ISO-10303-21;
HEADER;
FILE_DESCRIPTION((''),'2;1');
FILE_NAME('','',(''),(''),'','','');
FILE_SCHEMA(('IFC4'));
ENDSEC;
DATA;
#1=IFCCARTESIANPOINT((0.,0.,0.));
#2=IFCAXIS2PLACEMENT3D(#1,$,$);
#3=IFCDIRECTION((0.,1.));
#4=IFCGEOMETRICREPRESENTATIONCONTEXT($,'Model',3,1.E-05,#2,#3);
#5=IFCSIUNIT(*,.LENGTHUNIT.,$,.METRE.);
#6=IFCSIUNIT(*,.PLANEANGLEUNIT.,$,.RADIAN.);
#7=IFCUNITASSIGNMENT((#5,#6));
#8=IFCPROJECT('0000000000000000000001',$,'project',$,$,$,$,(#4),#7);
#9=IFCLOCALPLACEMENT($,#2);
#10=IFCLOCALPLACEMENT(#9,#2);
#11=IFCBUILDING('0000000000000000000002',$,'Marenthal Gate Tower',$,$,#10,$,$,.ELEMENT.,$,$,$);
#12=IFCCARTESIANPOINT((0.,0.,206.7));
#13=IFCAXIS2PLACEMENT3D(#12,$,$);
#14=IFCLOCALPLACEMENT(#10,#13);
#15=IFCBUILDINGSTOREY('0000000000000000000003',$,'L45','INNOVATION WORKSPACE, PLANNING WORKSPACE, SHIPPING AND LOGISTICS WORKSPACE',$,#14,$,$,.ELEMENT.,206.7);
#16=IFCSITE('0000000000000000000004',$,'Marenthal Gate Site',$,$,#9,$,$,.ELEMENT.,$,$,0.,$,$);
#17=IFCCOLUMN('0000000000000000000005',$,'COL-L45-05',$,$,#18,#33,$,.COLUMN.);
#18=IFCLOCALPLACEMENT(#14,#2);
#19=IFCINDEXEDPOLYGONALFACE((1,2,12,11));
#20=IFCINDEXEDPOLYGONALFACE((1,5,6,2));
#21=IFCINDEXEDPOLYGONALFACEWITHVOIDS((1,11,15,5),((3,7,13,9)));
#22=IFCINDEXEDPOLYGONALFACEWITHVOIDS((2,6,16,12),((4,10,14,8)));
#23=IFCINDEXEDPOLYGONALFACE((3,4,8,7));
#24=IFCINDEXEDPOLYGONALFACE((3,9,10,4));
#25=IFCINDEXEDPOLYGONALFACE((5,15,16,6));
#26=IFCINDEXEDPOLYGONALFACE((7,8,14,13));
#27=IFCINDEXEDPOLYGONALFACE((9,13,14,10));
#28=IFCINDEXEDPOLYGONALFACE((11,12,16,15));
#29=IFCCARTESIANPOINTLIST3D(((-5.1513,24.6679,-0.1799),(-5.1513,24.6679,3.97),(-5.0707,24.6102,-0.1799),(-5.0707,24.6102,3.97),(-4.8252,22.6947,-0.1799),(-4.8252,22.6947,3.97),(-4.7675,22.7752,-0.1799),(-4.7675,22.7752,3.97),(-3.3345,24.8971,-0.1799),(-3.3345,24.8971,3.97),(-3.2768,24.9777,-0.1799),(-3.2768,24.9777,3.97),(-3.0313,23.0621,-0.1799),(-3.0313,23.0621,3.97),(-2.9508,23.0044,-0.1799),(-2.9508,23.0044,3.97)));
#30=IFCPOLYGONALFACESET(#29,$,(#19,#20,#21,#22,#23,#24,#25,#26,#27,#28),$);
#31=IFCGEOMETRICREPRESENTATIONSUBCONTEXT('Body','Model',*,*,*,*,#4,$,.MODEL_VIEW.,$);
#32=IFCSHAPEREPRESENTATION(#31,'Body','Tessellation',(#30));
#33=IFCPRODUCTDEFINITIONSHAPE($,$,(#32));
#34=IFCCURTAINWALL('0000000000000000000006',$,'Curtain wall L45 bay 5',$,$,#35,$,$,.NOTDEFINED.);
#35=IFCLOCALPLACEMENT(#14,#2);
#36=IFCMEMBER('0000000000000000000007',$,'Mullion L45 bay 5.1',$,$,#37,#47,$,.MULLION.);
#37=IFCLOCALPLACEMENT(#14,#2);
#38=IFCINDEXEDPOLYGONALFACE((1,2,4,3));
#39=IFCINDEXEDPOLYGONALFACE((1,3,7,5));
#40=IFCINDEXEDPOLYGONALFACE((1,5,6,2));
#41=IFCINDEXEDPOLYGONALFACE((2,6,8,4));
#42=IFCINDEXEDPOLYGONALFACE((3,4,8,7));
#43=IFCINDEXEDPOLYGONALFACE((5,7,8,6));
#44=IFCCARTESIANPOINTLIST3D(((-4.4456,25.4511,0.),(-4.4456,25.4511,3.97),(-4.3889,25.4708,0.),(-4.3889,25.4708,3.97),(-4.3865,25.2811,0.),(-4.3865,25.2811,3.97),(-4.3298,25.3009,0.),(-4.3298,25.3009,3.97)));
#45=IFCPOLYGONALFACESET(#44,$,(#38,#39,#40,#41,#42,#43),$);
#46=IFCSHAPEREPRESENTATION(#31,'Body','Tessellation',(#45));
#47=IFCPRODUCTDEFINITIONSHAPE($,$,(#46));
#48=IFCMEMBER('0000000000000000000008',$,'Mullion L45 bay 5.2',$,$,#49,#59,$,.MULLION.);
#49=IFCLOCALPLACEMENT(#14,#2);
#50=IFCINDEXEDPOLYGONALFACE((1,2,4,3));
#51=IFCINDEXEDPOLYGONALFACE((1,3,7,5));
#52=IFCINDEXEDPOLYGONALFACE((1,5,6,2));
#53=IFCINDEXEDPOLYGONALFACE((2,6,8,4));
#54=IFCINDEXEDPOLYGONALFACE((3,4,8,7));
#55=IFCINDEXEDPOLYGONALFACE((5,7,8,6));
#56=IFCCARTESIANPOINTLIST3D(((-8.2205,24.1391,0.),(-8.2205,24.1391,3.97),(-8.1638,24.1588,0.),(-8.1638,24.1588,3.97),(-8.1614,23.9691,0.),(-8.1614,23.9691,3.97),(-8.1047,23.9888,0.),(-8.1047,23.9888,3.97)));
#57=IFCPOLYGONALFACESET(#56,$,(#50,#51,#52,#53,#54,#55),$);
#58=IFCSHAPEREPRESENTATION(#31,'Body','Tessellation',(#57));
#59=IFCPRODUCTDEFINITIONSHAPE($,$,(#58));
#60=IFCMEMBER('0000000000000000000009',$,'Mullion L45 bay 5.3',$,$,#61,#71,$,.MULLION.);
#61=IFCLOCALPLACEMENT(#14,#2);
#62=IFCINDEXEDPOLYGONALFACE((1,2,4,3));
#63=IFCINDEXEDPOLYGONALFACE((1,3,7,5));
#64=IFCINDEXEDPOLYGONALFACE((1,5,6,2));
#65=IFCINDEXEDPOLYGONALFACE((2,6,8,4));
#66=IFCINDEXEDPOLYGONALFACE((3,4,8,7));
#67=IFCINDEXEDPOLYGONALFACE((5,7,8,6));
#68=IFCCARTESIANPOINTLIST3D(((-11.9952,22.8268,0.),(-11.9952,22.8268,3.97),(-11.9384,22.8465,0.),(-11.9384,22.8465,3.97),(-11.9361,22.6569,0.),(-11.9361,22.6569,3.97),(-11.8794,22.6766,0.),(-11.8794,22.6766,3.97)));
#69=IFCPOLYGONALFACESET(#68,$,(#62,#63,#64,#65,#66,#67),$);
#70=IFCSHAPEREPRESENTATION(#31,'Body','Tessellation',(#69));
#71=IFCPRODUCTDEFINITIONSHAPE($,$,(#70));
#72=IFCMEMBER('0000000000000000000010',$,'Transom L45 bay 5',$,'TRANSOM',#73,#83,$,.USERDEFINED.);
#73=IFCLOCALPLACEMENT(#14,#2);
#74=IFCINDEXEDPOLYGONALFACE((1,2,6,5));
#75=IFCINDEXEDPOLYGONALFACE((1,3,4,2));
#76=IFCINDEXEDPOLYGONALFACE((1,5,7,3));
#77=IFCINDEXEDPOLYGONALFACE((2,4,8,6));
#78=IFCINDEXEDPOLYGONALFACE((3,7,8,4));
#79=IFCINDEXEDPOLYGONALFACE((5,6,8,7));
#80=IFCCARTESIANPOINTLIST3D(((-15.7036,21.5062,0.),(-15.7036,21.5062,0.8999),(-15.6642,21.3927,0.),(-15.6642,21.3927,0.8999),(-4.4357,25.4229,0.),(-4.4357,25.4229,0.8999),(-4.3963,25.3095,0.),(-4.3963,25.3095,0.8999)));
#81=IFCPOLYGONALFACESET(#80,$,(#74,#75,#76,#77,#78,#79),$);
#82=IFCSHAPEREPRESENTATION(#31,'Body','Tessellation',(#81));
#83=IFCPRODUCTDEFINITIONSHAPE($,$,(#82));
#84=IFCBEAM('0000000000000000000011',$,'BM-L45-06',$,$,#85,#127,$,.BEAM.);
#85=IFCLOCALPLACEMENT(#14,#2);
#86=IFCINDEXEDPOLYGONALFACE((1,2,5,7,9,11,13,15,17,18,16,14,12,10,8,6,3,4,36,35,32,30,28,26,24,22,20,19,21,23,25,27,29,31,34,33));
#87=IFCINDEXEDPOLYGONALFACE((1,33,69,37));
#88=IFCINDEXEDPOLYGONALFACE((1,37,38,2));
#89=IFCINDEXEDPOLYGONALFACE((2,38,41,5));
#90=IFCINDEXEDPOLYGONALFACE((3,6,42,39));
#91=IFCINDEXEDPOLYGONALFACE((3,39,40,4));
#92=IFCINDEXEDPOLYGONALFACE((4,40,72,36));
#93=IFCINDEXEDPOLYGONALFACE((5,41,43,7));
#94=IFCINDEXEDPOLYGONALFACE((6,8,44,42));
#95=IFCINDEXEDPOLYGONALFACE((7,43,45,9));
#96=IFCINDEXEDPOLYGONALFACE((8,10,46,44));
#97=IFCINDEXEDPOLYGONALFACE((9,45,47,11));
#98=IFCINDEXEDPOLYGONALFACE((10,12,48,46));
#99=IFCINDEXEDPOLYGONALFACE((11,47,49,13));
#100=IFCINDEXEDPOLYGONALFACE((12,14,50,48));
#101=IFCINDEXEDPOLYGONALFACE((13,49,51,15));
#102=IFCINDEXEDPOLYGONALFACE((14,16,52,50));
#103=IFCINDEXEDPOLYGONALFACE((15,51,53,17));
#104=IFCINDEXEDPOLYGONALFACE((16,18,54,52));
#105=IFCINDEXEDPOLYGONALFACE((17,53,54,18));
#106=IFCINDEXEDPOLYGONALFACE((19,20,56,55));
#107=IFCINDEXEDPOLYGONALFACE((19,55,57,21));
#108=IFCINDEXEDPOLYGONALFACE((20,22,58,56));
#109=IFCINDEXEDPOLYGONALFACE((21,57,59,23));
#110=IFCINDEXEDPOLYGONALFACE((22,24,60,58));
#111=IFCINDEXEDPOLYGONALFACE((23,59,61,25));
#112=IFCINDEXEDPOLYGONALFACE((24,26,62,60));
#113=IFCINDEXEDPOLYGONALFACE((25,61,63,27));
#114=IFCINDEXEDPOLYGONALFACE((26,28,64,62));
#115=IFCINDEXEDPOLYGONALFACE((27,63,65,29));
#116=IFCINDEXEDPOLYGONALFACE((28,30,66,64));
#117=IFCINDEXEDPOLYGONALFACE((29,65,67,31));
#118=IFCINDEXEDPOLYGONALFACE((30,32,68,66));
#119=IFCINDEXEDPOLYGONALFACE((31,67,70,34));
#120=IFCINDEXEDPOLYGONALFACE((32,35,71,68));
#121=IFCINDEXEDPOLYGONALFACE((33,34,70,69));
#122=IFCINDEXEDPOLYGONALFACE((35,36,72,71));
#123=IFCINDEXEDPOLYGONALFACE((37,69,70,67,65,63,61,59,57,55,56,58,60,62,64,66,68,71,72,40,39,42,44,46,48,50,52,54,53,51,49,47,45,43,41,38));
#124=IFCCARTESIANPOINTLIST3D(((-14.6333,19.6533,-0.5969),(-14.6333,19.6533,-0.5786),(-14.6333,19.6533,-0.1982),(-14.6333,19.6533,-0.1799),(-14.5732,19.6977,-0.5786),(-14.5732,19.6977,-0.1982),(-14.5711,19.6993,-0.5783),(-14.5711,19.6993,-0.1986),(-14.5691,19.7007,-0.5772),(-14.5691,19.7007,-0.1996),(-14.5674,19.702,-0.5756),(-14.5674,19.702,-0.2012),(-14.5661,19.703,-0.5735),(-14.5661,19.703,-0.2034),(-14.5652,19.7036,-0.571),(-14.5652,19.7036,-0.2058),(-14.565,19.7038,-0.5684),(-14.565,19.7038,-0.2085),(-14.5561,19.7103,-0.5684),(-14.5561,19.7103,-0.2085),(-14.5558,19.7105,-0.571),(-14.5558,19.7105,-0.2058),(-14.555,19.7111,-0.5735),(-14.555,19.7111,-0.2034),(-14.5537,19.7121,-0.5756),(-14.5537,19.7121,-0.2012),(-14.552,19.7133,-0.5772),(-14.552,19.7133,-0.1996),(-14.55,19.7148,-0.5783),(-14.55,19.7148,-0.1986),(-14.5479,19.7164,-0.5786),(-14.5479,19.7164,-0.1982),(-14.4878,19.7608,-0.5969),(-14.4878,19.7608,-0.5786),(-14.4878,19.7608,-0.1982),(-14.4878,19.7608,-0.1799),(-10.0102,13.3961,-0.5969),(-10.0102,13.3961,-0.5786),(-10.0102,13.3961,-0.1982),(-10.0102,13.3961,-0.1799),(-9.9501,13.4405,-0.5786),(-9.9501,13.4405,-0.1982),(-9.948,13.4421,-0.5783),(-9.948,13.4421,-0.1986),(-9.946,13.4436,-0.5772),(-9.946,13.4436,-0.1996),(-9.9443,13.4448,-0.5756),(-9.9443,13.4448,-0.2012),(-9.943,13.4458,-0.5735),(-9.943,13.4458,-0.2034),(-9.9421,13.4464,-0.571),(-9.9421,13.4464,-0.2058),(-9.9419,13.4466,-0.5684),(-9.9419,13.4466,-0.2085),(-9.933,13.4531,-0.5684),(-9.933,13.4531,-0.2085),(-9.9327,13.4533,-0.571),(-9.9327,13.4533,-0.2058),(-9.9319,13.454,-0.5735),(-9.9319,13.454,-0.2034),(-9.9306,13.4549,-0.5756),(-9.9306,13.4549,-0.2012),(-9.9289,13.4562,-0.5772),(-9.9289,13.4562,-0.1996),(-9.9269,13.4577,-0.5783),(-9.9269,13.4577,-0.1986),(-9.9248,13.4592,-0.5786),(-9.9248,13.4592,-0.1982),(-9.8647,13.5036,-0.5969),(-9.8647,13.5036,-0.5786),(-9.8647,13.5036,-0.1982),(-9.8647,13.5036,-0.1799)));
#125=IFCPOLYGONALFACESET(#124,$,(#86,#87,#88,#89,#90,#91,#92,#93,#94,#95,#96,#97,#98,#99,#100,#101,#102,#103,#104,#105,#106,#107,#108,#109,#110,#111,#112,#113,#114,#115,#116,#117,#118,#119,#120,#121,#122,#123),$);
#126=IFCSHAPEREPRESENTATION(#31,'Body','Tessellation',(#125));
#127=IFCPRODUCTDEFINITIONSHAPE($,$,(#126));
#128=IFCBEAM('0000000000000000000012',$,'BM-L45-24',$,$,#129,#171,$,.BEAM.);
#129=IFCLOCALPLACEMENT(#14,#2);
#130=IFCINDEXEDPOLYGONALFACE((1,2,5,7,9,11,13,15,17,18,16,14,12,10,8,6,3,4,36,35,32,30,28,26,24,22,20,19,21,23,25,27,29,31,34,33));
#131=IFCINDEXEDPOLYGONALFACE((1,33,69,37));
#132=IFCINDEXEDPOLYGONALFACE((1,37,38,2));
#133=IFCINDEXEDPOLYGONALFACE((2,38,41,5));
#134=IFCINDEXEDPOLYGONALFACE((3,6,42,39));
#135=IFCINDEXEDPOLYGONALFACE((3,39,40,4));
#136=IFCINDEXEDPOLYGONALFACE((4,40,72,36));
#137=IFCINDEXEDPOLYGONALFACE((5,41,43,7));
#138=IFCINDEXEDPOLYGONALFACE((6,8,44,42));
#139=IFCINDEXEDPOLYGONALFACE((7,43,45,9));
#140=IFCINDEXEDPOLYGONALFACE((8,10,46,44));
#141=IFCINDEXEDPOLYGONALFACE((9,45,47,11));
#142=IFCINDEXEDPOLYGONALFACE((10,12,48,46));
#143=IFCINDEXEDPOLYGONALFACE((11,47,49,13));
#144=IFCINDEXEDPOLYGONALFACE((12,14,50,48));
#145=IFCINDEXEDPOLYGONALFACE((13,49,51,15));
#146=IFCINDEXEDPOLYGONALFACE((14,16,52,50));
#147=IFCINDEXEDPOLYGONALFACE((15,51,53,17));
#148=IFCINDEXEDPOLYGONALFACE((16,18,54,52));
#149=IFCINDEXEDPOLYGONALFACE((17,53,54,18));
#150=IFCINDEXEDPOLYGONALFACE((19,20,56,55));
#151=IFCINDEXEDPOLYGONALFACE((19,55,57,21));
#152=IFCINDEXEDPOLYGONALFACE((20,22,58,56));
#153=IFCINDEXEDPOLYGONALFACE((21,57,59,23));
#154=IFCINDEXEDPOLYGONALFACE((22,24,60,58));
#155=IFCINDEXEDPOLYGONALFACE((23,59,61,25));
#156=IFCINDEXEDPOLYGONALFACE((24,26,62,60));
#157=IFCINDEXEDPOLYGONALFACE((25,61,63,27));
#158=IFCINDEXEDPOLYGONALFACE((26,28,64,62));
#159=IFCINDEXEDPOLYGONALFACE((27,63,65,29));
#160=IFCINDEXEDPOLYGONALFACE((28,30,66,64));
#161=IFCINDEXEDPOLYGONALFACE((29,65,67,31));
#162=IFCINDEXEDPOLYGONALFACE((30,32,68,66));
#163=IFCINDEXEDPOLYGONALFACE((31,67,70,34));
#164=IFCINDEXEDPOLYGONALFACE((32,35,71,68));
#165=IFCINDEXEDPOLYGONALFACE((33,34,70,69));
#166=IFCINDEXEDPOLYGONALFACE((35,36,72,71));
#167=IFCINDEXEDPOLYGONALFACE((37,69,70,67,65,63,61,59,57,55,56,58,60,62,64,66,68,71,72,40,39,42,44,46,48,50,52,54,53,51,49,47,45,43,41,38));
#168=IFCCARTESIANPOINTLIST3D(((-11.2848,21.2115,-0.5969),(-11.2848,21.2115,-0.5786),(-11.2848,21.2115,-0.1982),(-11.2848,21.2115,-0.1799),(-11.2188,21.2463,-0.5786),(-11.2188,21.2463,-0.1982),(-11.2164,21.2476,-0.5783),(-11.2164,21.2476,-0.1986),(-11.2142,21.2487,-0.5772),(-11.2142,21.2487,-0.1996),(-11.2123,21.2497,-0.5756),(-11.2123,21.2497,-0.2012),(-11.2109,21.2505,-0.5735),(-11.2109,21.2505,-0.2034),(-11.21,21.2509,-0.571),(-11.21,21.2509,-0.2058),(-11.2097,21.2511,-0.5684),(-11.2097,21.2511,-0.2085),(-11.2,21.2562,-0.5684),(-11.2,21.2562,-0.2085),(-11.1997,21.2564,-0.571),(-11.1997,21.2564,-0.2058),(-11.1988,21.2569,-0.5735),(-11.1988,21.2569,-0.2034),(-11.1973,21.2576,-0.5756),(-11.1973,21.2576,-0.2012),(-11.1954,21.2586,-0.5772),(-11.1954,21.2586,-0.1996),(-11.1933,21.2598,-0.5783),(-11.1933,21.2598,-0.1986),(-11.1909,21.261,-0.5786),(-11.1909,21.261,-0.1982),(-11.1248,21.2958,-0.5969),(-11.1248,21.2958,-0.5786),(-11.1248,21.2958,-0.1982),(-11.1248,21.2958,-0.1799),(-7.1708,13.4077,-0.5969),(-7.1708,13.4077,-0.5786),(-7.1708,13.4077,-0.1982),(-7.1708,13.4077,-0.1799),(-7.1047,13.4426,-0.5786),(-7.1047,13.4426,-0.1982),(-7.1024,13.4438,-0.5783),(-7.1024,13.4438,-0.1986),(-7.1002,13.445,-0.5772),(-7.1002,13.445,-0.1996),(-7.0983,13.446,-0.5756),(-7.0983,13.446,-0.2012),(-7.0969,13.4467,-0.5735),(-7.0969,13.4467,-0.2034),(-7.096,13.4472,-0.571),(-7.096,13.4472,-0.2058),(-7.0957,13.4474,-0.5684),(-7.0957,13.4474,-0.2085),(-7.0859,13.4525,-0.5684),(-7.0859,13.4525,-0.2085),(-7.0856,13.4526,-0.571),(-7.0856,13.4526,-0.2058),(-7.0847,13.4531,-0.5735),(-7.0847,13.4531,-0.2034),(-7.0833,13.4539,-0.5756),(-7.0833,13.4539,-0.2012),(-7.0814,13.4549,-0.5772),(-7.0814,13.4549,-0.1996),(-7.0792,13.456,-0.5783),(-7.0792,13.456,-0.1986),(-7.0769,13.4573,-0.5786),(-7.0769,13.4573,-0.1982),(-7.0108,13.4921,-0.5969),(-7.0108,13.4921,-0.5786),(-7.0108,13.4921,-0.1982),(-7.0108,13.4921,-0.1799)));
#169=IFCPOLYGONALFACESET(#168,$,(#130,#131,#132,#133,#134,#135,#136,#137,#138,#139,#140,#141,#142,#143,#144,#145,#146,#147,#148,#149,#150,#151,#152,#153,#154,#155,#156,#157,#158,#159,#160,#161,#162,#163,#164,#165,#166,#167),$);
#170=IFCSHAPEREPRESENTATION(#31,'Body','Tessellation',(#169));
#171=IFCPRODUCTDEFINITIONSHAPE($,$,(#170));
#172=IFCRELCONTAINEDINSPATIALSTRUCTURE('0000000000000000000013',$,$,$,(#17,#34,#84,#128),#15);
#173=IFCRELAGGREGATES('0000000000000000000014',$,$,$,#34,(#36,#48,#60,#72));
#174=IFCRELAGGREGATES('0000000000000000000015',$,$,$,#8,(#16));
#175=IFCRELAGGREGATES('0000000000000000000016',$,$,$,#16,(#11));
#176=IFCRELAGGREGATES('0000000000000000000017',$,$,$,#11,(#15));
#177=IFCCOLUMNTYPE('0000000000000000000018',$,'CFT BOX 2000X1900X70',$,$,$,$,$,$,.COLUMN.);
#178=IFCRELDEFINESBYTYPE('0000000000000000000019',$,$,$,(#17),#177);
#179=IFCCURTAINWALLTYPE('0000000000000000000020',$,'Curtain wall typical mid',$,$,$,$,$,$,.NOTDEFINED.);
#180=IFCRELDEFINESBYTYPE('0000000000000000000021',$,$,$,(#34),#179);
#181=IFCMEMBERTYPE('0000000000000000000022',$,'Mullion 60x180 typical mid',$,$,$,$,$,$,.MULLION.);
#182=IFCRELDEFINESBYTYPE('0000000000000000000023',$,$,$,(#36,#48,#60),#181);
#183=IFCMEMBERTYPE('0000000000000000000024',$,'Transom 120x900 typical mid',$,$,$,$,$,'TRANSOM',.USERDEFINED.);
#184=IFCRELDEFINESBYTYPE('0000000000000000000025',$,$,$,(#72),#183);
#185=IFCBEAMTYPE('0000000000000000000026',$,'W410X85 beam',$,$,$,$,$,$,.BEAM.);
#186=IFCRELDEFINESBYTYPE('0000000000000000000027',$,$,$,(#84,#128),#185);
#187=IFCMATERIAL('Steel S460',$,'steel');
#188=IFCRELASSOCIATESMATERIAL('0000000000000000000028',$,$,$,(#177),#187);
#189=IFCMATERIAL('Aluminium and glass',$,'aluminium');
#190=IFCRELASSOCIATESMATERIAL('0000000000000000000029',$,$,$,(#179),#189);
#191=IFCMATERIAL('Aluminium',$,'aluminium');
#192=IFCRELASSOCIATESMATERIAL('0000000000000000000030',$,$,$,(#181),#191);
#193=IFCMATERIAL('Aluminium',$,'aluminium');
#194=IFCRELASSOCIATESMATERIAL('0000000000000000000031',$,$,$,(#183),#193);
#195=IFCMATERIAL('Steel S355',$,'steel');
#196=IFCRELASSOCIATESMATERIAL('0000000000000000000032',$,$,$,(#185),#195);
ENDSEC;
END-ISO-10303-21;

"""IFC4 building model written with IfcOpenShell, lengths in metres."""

from ifc_helpers import new_model, si_unit, direction, frame, origin, origin_2d, place, context, subcontext, project, spatial, rectangle, hollow_rectangle, i_section, extrude, material, material_profile, profile_set, type_object, element, aggregate, save


model = new_model("IFC4")

# Units and contexts
model_context = context("Model", 3, precision=1e-05, world=origin(), true_north=direction((0.0, 1.0)))
body_context = subcontext(model_context, "Body", "Model", "MODEL_VIEW")
ifc_project = project(units=[si_unit("LENGTHUNIT", "METRE"), si_unit("PLANEANGLEUNIT", "RADIAN")], contexts=[model_context])

# Site, building, storey
site_placement = place(None, origin())
site = spatial("IfcSite", under=ifc_project, at=site_placement, Name="Marenthal Gate Site", CompositionType="ELEMENT", RefElevation=0.0)
building_placement = place(site_placement, origin())
building = spatial("IfcBuilding", under=site, at=building_placement, Name="Marenthal Gate Tower", CompositionType="ELEMENT")
storey_placement = place(building_placement, frame((0.0, 0.0, 206.7)))
storey = spatial("IfcBuildingStorey", under=building, at=storey_placement, Name="L45", Description="INNOVATION WORKSPACE, PLANNING WORKSPACE, SHIPPING AND LOGISTICS WORKSPACE", CompositionType="ELEMENT", Elevation=206.7)

# Column
ifc_material_1 = material(Name="Steel S460", Category="steel")
ifc_material_profile_1 = material_profile(ifc_material_1, hollow_rectangle(XDim=1.8999, YDim=2.0, WallThickness=0.0701, at=origin_2d()), Name="CFT BOX 2000X1900X70")
ifc_material_2 = material(Name="Concrete 70 MPa", Category="concrete")
ifc_material_profile_2 = material_profile(ifc_material_2, rectangle(XDim=1.76, YDim=1.8601, at=origin_2d()), Name="CFT BOX 2000X1900X70 INFILL")
ifc_profile_set_1 = profile_set([ifc_material_profile_1, ifc_material_profile_2], Name="Steel S460 shell, Concrete 70 MPa infill")
column_type = type_object("IfcColumnType", Name="CFT BOX 2000X1900X70", PredefinedType="COLUMN", material=ifc_profile_set_1)
column_placement = place(storey_placement, frame((-4.051, 23.8362, -0.1799), z_axis=(0.0, 0.0, 1.0), x_axis=(0.986621, 0.16303, 0.0)))
element("IfcColumn", 1, at=column_placement, inside=storey, type_object=column_type, Name="COL-L45-05", PredefinedType="COLUMN", context=body_context, shape_type="SweptSolid", body=[
    extrude(hollow_rectangle(XDim=1.8999, YDim=2.0, WallThickness=0.0701, at=origin_2d()), origin(), (0.0, 0.0, 1.0), 4.1499),
])

# Curtain wall, members
ifc_material_3 = material(Name="Aluminium and glass", Category="aluminium")
curtain_wall_type = type_object("IfcCurtainWallType", Name="Curtain wall typical mid", PredefinedType="NOTDEFINED", material=ifc_material_3)
curtain_wall_placement = place(storey_placement, origin())
curtain_wall = element("IfcCurtainWall", 2, at=curtain_wall_placement, inside=storey, type_object=curtain_wall_type, Name="Curtain wall L45 bay 5", PredefinedType="NOTDEFINED")
ifc_material_4 = material(Name="Aluminium", Category="aluminium")
ifc_material_profile_3 = material_profile(ifc_material_4, rectangle(XDim=0.1799, YDim=0.0601, at=origin_2d()), Name="60x180 aluminium mullion")
ifc_profile_set_2 = profile_set([ifc_material_profile_3], Name="Aluminium")
member_type_1 = type_object("IfcMemberType", Name="Mullion 60x180 typical mid", PredefinedType="MULLION", material=ifc_profile_set_2)
member_1_placement = place(storey_placement, frame((-4.3877, 25.376, 0.0), z_axis=(0.0, 0.0, 1.0), x_axis=(0.328332, -0.944562, 0.0)))
member_1 = element("IfcMember", 3, at=member_1_placement, type_object=member_type_1, Name="Mullion L45 bay 5.1", PredefinedType="MULLION", context=body_context, shape_type="SweptSolid", body=[
    extrude(rectangle(XDim=0.1799, YDim=0.0601, at=origin_2d()), origin(), (0.0, 0.0, 1.0), 3.97),
])
member_2_placement = place(storey_placement, frame((-8.1626, 24.064, 0.0), z_axis=(0.0, 0.0, 1.0), x_axis=(0.328332, -0.944562, 0.0)))
member_2 = element("IfcMember", 4, at=member_2_placement, type_object=member_type_1, Name="Mullion L45 bay 5.2", PredefinedType="MULLION", context=body_context, shape_type="SweptSolid", body=[
    extrude(rectangle(XDim=0.1799, YDim=0.0601, at=origin_2d()), origin(), (0.0, 0.0, 1.0), 3.97),
])
member_3_placement = place(storey_placement, frame((-11.9373, 22.7517, 0.0), z_axis=(0.0, 0.0, 1.0), x_axis=(0.328332, -0.944562, 0.0)))
member_3 = element("IfcMember", 5, at=member_3_placement, type_object=member_type_1, Name="Mullion L45 bay 5.3", PredefinedType="MULLION", context=body_context, shape_type="SweptSolid", body=[
    extrude(rectangle(XDim=0.1799, YDim=0.0601, at=origin_2d()), origin(), (0.0, 0.0, 1.0), 3.97),
])
ifc_material_5 = material(Name="Aluminium", Category="aluminium")
ifc_material_profile_4 = material_profile(ifc_material_5, rectangle(XDim=0.1201, YDim=0.8999, at=origin_2d()), Name="120x900 aluminium transom")
ifc_profile_set_3 = profile_set([ifc_material_profile_4], Name="Aluminium")
member_type_2 = type_object("IfcMemberType", Name="Transom 120x900 typical mid", ElementType="TRANSOM", PredefinedType="USERDEFINED", material=ifc_profile_set_3)
member_4_placement = place(storey_placement, frame((-4.416, 25.3662, 0.45), z_axis=(-0.944562, -0.328334, 0.0), x_axis=(0.328334, -0.944562, 0.0)))
member_4 = element("IfcMember", 6, at=member_4_placement, type_object=member_type_2, Name="Transom L45 bay 5", ObjectType="TRANSOM", PredefinedType="USERDEFINED", context=body_context, shape_type="SweptSolid", body=[
    extrude(rectangle(XDim=0.1201, YDim=0.8999, at=origin_2d()), origin(), (0.0, 0.0, 1.0), 11.9292),
])

# Beams
ifc_material_6 = material(Name="Steel S355", Category="steel")
ifc_material_profile_5 = material_profile(ifc_material_6, i_section(OverallWidth=0.1809, OverallDepth=0.417, WebThickness=0.011, FlangeThickness=0.0183, FilletRadius=0.0103, at=origin_2d()), Name="W410X85")
ifc_profile_set_4 = profile_set([ifc_material_profile_5], Name="Steel S355")
beam_type_1 = type_object("IfcBeamType", Name="W410X85 beam", PredefinedType="BEAM", material=ifc_profile_set_4)
beam_1_placement = place(storey_placement, frame((-14.5605, 19.707, -0.3884), z_axis=(0.594245, -0.804284, 0.0), x_axis=(0.804284, 0.594245, 0.0)))
element("IfcBeam", 7, at=beam_1_placement, inside=storey, type_object=beam_type_1, Name="BM-L45-06", PredefinedType="BEAM", context=body_context, shape_type="SweptSolid", body=[
    extrude(i_section(OverallWidth=0.1809, OverallDepth=0.417, WebThickness=0.011, FlangeThickness=0.0183, FilletRadius=0.0103, at=origin_2d()), origin(), (0.0, 0.0, 1.0), 7.7798),
])
beam_2_placement = place(storey_placement, frame((-11.2048, 21.2537, -0.3884), z_axis=(0.46635, -0.8846, 0.0), x_axis=(0.8846, 0.46635, 0.0)))
element("IfcBeam", 8, at=beam_2_placement, inside=storey, type_object=beam_type_1, Name="BM-L45-24", PredefinedType="BEAM", context=body_context, shape_type="SweptSolid", body=[
    extrude(i_section(OverallWidth=0.1809, OverallDepth=0.417, WebThickness=0.011, FlangeThickness=0.0183, FilletRadius=0.0103, at=origin_2d()), origin(), (0.0, 0.0, 1.0), 8.8218),
])

aggregate(curtain_wall, [member_1, member_2, member_3, member_4])

save(model, "model.ifc")
